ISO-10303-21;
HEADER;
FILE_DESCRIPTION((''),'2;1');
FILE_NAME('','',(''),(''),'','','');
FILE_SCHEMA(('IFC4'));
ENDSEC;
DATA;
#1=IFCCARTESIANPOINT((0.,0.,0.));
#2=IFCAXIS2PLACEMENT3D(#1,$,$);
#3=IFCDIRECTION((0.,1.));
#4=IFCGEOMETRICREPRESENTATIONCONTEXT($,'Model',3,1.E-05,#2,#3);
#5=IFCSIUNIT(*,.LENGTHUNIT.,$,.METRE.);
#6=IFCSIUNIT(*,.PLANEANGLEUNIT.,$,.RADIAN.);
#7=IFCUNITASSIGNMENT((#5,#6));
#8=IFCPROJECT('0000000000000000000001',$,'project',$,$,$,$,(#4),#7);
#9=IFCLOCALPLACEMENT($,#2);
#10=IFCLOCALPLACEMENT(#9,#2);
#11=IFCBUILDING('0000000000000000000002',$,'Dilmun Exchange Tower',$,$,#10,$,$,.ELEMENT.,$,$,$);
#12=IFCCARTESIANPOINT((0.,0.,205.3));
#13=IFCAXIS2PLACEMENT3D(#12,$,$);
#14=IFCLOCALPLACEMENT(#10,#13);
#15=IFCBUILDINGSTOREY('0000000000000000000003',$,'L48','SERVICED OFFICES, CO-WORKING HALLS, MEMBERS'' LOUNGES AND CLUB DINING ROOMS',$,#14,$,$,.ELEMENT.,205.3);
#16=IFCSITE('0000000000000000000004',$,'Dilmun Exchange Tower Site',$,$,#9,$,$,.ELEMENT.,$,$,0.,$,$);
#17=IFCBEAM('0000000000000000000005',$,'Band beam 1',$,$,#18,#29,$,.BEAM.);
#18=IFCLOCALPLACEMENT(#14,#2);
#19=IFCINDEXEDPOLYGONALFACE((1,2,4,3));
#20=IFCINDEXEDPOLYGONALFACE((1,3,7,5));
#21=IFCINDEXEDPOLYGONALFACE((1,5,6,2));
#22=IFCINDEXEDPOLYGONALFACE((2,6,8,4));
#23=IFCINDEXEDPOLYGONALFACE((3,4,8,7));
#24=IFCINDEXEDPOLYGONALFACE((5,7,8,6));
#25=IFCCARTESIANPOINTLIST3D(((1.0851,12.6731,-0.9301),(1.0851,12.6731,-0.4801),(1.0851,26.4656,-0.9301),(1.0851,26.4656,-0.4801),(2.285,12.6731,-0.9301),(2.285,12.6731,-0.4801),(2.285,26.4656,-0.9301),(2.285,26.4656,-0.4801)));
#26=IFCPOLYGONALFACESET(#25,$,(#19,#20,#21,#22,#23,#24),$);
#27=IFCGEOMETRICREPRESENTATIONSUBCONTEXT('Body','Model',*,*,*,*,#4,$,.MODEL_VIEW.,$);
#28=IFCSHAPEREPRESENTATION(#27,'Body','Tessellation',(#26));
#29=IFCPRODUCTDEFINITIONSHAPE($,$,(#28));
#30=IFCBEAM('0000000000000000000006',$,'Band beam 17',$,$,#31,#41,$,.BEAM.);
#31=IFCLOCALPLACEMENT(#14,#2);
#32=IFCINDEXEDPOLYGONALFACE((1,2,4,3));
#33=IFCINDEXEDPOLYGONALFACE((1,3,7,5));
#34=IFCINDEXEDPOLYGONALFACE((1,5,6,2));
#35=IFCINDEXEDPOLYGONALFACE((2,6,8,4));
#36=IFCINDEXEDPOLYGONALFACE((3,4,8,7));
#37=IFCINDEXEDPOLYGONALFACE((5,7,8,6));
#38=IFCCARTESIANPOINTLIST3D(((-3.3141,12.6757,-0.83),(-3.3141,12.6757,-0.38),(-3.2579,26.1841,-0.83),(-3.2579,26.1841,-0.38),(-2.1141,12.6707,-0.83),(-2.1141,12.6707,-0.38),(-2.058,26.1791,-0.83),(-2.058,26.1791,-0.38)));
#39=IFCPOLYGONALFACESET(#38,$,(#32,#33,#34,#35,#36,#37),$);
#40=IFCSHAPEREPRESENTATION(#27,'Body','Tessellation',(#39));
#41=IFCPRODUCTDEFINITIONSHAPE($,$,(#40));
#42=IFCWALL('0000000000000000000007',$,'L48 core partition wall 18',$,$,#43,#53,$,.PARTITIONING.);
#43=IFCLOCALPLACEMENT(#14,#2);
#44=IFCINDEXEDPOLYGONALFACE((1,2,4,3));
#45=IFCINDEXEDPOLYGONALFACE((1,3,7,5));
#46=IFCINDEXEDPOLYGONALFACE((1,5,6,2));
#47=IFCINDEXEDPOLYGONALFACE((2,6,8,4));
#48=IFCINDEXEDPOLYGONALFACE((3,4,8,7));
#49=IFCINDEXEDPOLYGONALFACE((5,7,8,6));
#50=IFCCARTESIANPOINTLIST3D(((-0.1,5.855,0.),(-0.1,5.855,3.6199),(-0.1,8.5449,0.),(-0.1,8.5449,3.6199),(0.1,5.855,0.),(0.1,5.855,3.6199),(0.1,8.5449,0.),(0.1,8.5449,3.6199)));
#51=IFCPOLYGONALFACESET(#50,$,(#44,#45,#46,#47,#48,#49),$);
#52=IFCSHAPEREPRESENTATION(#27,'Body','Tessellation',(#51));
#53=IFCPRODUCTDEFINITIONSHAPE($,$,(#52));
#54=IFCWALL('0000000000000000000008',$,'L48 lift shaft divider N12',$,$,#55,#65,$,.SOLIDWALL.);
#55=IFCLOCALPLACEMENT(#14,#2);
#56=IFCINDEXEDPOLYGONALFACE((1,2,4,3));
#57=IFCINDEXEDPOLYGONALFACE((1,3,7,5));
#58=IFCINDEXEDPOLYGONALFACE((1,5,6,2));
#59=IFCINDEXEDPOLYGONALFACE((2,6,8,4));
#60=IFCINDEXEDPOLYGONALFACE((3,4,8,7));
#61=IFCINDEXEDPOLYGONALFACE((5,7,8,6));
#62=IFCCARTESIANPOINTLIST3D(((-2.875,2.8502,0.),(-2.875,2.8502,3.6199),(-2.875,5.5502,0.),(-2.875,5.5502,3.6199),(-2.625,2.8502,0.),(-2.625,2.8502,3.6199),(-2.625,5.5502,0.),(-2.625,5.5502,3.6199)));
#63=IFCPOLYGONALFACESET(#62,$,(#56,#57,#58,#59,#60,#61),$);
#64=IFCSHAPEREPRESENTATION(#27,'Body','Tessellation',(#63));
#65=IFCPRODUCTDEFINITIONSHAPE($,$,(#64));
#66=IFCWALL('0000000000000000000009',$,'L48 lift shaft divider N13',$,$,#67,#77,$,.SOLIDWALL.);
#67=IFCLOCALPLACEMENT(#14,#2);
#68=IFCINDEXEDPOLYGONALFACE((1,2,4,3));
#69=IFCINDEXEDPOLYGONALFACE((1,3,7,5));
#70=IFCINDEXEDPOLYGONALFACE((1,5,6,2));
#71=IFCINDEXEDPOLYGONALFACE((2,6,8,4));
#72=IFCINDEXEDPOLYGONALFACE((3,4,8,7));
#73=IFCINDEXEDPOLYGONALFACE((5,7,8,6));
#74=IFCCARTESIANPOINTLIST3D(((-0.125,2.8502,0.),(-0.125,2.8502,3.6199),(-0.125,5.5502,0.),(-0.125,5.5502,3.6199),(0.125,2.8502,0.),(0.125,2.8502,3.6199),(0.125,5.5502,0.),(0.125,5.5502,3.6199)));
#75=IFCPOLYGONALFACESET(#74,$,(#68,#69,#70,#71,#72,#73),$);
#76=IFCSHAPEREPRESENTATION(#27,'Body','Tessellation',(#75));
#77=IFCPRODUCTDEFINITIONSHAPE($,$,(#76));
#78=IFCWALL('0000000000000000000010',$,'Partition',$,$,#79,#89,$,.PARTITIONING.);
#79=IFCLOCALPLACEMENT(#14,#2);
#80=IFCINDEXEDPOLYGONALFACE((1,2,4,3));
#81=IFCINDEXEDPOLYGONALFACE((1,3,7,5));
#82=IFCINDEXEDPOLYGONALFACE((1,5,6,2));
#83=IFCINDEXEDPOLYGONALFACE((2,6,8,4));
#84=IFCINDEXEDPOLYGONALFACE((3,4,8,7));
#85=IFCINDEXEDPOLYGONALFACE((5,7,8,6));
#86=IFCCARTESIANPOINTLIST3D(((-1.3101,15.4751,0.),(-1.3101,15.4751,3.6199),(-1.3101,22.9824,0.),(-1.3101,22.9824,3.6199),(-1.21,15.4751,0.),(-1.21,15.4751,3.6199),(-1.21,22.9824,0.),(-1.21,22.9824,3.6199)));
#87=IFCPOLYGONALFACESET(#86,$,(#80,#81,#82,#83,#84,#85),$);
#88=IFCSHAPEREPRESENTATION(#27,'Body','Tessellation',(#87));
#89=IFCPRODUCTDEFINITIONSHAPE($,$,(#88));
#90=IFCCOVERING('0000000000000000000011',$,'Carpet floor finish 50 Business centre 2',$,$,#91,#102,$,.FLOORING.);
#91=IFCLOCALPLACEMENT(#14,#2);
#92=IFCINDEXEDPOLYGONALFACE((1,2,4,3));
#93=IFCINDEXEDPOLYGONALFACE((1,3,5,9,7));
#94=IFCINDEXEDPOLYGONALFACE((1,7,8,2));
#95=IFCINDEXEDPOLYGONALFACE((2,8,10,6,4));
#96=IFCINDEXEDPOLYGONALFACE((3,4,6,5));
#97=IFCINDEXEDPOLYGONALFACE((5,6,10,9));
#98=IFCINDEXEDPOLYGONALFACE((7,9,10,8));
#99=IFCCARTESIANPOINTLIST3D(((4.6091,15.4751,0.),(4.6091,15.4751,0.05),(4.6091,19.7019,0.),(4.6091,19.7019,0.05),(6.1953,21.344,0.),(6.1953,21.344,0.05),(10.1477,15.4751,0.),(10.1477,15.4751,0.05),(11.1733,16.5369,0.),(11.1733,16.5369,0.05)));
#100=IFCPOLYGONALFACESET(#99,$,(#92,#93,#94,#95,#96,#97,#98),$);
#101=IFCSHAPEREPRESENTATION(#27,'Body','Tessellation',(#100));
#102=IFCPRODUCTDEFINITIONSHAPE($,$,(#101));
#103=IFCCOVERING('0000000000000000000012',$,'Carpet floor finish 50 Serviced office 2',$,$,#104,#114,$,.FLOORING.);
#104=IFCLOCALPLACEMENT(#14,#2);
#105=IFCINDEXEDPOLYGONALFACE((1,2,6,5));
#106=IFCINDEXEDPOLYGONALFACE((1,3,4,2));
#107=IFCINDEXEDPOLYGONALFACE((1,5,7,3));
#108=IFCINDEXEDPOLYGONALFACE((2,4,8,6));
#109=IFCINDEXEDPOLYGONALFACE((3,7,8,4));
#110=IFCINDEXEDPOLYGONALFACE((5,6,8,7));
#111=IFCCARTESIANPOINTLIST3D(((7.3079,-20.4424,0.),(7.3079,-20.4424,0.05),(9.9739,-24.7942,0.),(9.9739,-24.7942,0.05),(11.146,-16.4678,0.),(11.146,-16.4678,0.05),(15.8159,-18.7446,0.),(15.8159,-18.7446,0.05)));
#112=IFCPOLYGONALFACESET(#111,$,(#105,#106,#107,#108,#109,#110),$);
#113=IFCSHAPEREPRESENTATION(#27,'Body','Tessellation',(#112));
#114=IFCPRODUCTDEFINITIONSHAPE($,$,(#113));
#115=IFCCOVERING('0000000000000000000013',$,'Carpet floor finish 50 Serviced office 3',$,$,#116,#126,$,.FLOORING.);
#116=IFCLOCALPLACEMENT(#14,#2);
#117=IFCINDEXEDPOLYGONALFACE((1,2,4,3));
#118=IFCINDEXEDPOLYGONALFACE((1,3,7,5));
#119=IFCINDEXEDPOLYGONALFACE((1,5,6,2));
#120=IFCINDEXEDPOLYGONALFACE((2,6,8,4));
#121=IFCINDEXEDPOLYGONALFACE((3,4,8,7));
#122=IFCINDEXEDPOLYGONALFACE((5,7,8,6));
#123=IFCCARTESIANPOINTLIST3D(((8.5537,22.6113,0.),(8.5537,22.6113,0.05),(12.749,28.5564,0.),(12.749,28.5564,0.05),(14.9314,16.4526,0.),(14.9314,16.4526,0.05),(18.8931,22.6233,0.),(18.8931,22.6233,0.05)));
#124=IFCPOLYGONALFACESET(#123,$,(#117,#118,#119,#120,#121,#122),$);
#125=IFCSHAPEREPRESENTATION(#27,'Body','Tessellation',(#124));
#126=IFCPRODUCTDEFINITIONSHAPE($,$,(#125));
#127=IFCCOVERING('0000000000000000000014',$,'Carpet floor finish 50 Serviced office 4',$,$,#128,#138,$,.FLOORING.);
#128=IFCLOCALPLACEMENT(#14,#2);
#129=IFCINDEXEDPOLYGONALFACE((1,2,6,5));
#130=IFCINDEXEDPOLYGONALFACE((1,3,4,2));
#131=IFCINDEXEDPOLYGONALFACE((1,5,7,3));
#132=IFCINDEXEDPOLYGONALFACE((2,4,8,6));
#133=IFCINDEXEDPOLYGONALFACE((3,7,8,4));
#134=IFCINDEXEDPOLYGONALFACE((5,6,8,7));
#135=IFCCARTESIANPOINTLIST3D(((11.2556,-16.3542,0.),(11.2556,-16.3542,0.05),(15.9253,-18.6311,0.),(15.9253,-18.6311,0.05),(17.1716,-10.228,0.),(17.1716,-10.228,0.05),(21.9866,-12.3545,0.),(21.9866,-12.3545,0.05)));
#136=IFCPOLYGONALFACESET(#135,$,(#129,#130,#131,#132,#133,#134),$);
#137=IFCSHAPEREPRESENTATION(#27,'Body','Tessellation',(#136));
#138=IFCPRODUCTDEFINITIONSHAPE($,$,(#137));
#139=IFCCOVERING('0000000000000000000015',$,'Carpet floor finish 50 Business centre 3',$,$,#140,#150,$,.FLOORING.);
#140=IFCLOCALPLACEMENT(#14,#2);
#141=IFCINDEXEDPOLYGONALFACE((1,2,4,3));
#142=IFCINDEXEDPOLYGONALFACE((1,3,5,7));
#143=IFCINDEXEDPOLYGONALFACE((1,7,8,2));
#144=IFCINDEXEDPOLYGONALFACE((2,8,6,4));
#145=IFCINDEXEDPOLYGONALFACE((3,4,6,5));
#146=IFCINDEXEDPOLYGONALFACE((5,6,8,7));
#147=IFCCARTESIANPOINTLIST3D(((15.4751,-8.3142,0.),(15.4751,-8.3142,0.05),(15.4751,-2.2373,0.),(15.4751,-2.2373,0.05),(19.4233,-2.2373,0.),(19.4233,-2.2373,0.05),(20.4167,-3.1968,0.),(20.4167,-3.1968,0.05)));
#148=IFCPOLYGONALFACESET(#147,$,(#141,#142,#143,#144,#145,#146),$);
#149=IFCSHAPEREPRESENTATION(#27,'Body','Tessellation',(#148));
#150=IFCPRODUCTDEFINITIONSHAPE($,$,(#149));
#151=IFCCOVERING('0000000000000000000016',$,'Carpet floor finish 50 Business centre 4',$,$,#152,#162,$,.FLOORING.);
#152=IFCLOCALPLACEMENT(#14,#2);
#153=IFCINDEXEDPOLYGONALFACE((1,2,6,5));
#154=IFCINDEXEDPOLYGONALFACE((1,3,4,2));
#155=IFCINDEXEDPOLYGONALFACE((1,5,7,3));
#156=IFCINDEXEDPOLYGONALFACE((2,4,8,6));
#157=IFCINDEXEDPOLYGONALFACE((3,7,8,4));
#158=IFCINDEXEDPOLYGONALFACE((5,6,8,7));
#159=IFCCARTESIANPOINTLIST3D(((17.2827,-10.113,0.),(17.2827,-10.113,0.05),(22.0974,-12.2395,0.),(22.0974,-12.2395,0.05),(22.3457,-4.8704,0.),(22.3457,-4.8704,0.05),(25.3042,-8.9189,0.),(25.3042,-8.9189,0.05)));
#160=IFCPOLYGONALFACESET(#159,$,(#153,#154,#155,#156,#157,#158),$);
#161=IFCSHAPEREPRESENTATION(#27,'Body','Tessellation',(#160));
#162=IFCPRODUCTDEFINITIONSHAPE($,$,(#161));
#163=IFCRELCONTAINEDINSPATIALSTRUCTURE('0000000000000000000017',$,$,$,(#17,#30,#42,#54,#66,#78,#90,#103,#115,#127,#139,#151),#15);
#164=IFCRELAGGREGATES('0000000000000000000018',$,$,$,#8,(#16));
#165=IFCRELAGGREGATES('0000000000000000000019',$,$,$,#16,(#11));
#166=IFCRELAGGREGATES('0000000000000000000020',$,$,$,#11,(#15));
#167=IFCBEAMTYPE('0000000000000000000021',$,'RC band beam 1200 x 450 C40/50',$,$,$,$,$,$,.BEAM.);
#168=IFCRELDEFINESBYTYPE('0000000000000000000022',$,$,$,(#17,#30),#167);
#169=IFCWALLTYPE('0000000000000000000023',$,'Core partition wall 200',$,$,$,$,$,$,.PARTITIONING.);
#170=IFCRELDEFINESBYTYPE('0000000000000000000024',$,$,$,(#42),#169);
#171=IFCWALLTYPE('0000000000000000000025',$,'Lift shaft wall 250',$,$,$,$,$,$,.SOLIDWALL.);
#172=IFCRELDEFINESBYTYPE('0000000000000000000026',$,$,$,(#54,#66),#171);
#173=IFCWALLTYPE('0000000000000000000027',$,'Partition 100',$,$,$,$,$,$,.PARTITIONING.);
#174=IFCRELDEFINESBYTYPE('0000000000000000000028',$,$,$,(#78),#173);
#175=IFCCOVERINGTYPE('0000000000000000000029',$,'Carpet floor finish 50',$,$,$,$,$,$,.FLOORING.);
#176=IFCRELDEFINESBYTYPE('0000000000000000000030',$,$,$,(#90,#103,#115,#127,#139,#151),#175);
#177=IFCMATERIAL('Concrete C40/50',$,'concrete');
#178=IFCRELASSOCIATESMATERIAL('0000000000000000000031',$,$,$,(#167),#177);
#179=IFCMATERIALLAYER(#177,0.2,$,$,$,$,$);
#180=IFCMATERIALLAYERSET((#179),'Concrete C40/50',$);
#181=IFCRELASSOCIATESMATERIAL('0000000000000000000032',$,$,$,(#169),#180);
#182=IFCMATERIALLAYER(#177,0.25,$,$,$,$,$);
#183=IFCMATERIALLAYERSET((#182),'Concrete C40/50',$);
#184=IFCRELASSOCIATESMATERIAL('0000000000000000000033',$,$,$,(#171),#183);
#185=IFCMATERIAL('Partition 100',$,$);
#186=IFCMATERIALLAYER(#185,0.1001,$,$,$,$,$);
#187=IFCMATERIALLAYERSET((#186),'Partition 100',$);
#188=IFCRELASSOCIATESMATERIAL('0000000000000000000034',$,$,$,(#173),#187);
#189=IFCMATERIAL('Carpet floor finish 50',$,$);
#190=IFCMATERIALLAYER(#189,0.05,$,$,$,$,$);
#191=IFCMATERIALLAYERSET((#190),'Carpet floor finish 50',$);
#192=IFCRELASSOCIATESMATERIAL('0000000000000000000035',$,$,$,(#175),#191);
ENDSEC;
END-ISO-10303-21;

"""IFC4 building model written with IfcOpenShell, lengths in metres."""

from ifc_helpers import new_model, si_unit, direction, frame, frame_2d, origin, origin_2d, place, context, subcontext, project, spatial, polyline, rectangle, outline, extrude, material, layer, layer_set, material_profile, profile_set, type_object, element, save


model = new_model("IFC4")

# Units and contexts
model_context = context("Model", 3, precision=1e-05, world=origin(), true_north=direction((0.0, 1.0)))
body_context = subcontext(model_context, "Body", "Model", "MODEL_VIEW")
ifc_project = project(units=[si_unit("LENGTHUNIT", "METRE"), si_unit("PLANEANGLEUNIT", "RADIAN")], contexts=[model_context])

# Site, building, storey
site_placement = place(None, origin())
site = spatial("IfcSite", under=ifc_project, at=site_placement, Name="Dilmun Exchange Tower Site", CompositionType="ELEMENT", RefElevation=0.0)
building_placement = place(site_placement, origin())
building = spatial("IfcBuilding", under=site, at=building_placement, Name="Dilmun Exchange Tower", CompositionType="ELEMENT")
storey_placement = place(building_placement, frame((0.0, 0.0, 205.3)))
storey = spatial("IfcBuildingStorey", under=building, at=storey_placement, Name="L48", Description="SERVICED OFFICES, CO-WORKING HALLS, MEMBERS' LOUNGES AND CLUB DINING ROOMS", CompositionType="ELEMENT", Elevation=205.3)

# Beams
ifc_material_1 = material(Name="Concrete C40/50", Category="concrete")
ifc_material_profile = material_profile(ifc_material_1, rectangle(XDim=1.2, YDim=0.45, at=origin_2d()), Name="1200 x 450")
ifc_profile_set = profile_set([ifc_material_profile], Name="Concrete C40/50")
beam_type = type_object("IfcBeamType", Name="RC band beam 1200 x 450 C40/50", PredefinedType="BEAM", material=ifc_profile_set)
beam_1_placement = place(storey_placement, frame((1.6851, 26.4656, -0.7051), z_axis=(0.0, -1.0, 0.0), x_axis=(1.0, 0.0, 0.0)))
element("IfcBeam", 1, at=beam_1_placement, inside=storey, type_object=beam_type, Name="Band beam 1", PredefinedType="BEAM", context=body_context, shape_type="SweptSolid", body=[
    extrude(rectangle(XDim=1.2, YDim=0.45, at=origin_2d()), origin(), (0.0, 0.0, 1.0), 13.7925),
])
beam_2_placement = place(storey_placement, frame((-2.658, 26.1816, -0.605), z_axis=(-0.004157, -0.999991, 0.0), x_axis=(0.999991, -0.004157, 0.0)))
element("IfcBeam", 2, at=beam_2_placement, inside=storey, type_object=beam_type, Name="Band beam 17", PredefinedType="BEAM", context=body_context, shape_type="SweptSolid", body=[
    extrude(rectangle(XDim=1.2, YDim=0.45, at=origin_2d()), origin(), (0.0, 0.0, 1.0), 13.5085),
])

# Walls
ifc_layer_1 = layer(ifc_material_1, 0.2)
ifc_layer_set_1 = layer_set([ifc_layer_1], Name="Concrete C40/50")
wall_type_1 = type_object("IfcWallType", Name="Core partition wall 200", PredefinedType="PARTITIONING", material=ifc_layer_set_1)
wall_1_placement = place(storey_placement, frame((0.0, 5.855, 0.0), z_axis=(0.0, 0.0, 1.0), x_axis=(0.0, 1.0, 0.0)))
element("IfcWall", 3, at=wall_1_placement, inside=storey, type_object=wall_type_1, Name="L48 core partition wall 18", PredefinedType="PARTITIONING", context=body_context, shape_type="SweptSolid", body=[
    extrude(rectangle(XDim=2.6899, YDim=0.2, at=frame_2d((1.345, 0.0))), origin(), (0.0, 0.0, 1.0), 3.6199),
])
ifc_layer_2 = layer(ifc_material_1, 0.25)
ifc_layer_set_2 = layer_set([ifc_layer_2], Name="Concrete C40/50")
wall_type_2 = type_object("IfcWallType", Name="Lift shaft wall 250", PredefinedType="SOLIDWALL", material=ifc_layer_set_2)
for number, where, z_axis, x_axis, name in (
    (4, (-2.75, 2.8501, 0.0), (0.0, 0.0, 1.0), (0.0, 1.0, 0.0), "L48 lift shaft divider N12"),
    (5, (0.0, 2.8501, 0.0), (0.0, 0.0, 1.0), (0.0, 1.0, 0.0), "L48 lift shaft divider N13"),
):
    element("IfcWall", number, at=place(storey_placement, frame(where, z_axis=z_axis, x_axis=x_axis)), inside=storey, type_object=wall_type_2, Name=name, PredefinedType="SOLIDWALL", context=body_context, shape_type="SweptSolid", body=[
        extrude(rectangle(XDim=2.7, YDim=0.25, at=frame_2d((1.3501, 0.0))), origin(), (0.0, 0.0, 1.0), 3.6199),
    ])
ifc_material_2 = material(Name="Partition 100")
ifc_layer_3 = layer(ifc_material_2, 0.1001)
ifc_layer_set_3 = layer_set([ifc_layer_3], Name="Partition 100")
wall_type_3 = type_object("IfcWallType", Name="Partition 100", PredefinedType="PARTITIONING", material=ifc_layer_set_3)
wall_2_placement = place(storey_placement, frame((-1.26, 15.4751, 0.0), z_axis=(0.0, 0.0, 1.0), x_axis=(0.0, 1.0, 0.0)))
element("IfcWall", 6, at=wall_2_placement, inside=storey, type_object=wall_type_3, Name="Partition", PredefinedType="PARTITIONING", context=body_context, shape_type="SweptSolid", body=[
    extrude(rectangle(XDim=7.5073, YDim=0.1001, at=frame_2d((3.7537, 0.0))), origin(), (0.0, 0.0, 1.0), 3.6199),
])

# Coverings
ifc_material_3 = material(Name="Carpet floor finish 50")
ifc_layer_4 = layer(ifc_material_3, 0.05)
ifc_layer_set_4 = layer_set([ifc_layer_4], Name="Carpet floor finish 50")
covering_type_1 = type_object("IfcCoveringType", Name="Carpet floor finish 50", PredefinedType="FLOORING", material=ifc_layer_set_4)
covering_1_placement = place(storey_placement, origin())
element("IfcCovering", 7, at=covering_1_placement, inside=storey, type_object=covering_type_1, Name="Carpet floor finish 50 Business centre 2", PredefinedType="FLOORING", context=body_context, shape_type="SweptSolid", body=[
    extrude(outline(polyline([(10.1477, 15.4751), (4.6091, 15.4751), (4.6091, 19.7019), (6.1953, 21.344), (11.1733, 16.5369), (10.1477, 15.4751)])), origin(), (0.0, 0.0, 1.0), 0.05),
])
covering_2_placement = place(storey_placement, origin())
element("IfcCovering", 8, at=covering_2_placement, inside=storey, type_object=covering_type_1, Name="Carpet floor finish 50 Serviced office 2", PredefinedType="FLOORING", context=body_context, shape_type="SweptSolid", body=[
    extrude(outline(polyline([(15.8159, -18.7446), (9.9739, -24.7942), (7.3079, -20.4424), (11.146, -16.4678), (15.8159, -18.7446)])), origin(), (0.0, 0.0, 1.0), 0.05),
])
covering_3_placement = place(storey_placement, origin())
element("IfcCovering", 9, at=covering_3_placement, inside=storey, type_object=covering_type_1, Name="Carpet floor finish 50 Serviced office 3", PredefinedType="FLOORING", context=body_context, shape_type="SweptSolid", body=[
    extrude(outline(polyline([(14.9314, 16.4526), (8.5537, 22.6113), (12.749, 28.5564), (18.8931, 22.6233), (14.9314, 16.4526)])), origin(), (0.0, 0.0, 1.0), 0.05),
])
covering_4_placement = place(storey_placement, origin())
element("IfcCovering", 10, at=covering_4_placement, inside=storey, type_object=covering_type_1, Name="Carpet floor finish 50 Serviced office 4", PredefinedType="FLOORING", context=body_context, shape_type="SweptSolid", body=[
    extrude(outline(polyline([(11.2556, -16.3542), (17.1716, -10.228), (21.9866, -12.3545), (15.9253, -18.6311), (11.2556, -16.3542)])), origin(), (0.0, 0.0, 1.0), 0.05),
])
covering_5_placement = place(storey_placement, origin())
element("IfcCovering", 11, at=covering_5_placement, inside=storey, type_object=covering_type_1, Name="Carpet floor finish 50 Business centre 3", PredefinedType="FLOORING", context=body_context, shape_type="SweptSolid", body=[
    extrude(outline(polyline([(15.4751, -2.2373), (19.4233, -2.2373), (20.4167, -3.1968), (15.4751, -8.3142), (15.4751, -2.2373)])), origin(), (0.0, 0.0, 1.0), 0.05),
])
covering_6_placement = place(storey_placement, origin())
element("IfcCovering", 12, at=covering_6_placement, inside=storey, type_object=covering_type_1, Name="Carpet floor finish 50 Business centre 4", PredefinedType="FLOORING", context=body_context, shape_type="SweptSolid", body=[
    extrude(outline(polyline([(17.2827, -10.113), (22.3457, -4.8704), (25.3042, -8.9189), (22.0974, -12.2395), (17.2827, -10.113)])), origin(), (0.0, 0.0, 1.0), 0.05),
])

save(model, "model.ifc")
